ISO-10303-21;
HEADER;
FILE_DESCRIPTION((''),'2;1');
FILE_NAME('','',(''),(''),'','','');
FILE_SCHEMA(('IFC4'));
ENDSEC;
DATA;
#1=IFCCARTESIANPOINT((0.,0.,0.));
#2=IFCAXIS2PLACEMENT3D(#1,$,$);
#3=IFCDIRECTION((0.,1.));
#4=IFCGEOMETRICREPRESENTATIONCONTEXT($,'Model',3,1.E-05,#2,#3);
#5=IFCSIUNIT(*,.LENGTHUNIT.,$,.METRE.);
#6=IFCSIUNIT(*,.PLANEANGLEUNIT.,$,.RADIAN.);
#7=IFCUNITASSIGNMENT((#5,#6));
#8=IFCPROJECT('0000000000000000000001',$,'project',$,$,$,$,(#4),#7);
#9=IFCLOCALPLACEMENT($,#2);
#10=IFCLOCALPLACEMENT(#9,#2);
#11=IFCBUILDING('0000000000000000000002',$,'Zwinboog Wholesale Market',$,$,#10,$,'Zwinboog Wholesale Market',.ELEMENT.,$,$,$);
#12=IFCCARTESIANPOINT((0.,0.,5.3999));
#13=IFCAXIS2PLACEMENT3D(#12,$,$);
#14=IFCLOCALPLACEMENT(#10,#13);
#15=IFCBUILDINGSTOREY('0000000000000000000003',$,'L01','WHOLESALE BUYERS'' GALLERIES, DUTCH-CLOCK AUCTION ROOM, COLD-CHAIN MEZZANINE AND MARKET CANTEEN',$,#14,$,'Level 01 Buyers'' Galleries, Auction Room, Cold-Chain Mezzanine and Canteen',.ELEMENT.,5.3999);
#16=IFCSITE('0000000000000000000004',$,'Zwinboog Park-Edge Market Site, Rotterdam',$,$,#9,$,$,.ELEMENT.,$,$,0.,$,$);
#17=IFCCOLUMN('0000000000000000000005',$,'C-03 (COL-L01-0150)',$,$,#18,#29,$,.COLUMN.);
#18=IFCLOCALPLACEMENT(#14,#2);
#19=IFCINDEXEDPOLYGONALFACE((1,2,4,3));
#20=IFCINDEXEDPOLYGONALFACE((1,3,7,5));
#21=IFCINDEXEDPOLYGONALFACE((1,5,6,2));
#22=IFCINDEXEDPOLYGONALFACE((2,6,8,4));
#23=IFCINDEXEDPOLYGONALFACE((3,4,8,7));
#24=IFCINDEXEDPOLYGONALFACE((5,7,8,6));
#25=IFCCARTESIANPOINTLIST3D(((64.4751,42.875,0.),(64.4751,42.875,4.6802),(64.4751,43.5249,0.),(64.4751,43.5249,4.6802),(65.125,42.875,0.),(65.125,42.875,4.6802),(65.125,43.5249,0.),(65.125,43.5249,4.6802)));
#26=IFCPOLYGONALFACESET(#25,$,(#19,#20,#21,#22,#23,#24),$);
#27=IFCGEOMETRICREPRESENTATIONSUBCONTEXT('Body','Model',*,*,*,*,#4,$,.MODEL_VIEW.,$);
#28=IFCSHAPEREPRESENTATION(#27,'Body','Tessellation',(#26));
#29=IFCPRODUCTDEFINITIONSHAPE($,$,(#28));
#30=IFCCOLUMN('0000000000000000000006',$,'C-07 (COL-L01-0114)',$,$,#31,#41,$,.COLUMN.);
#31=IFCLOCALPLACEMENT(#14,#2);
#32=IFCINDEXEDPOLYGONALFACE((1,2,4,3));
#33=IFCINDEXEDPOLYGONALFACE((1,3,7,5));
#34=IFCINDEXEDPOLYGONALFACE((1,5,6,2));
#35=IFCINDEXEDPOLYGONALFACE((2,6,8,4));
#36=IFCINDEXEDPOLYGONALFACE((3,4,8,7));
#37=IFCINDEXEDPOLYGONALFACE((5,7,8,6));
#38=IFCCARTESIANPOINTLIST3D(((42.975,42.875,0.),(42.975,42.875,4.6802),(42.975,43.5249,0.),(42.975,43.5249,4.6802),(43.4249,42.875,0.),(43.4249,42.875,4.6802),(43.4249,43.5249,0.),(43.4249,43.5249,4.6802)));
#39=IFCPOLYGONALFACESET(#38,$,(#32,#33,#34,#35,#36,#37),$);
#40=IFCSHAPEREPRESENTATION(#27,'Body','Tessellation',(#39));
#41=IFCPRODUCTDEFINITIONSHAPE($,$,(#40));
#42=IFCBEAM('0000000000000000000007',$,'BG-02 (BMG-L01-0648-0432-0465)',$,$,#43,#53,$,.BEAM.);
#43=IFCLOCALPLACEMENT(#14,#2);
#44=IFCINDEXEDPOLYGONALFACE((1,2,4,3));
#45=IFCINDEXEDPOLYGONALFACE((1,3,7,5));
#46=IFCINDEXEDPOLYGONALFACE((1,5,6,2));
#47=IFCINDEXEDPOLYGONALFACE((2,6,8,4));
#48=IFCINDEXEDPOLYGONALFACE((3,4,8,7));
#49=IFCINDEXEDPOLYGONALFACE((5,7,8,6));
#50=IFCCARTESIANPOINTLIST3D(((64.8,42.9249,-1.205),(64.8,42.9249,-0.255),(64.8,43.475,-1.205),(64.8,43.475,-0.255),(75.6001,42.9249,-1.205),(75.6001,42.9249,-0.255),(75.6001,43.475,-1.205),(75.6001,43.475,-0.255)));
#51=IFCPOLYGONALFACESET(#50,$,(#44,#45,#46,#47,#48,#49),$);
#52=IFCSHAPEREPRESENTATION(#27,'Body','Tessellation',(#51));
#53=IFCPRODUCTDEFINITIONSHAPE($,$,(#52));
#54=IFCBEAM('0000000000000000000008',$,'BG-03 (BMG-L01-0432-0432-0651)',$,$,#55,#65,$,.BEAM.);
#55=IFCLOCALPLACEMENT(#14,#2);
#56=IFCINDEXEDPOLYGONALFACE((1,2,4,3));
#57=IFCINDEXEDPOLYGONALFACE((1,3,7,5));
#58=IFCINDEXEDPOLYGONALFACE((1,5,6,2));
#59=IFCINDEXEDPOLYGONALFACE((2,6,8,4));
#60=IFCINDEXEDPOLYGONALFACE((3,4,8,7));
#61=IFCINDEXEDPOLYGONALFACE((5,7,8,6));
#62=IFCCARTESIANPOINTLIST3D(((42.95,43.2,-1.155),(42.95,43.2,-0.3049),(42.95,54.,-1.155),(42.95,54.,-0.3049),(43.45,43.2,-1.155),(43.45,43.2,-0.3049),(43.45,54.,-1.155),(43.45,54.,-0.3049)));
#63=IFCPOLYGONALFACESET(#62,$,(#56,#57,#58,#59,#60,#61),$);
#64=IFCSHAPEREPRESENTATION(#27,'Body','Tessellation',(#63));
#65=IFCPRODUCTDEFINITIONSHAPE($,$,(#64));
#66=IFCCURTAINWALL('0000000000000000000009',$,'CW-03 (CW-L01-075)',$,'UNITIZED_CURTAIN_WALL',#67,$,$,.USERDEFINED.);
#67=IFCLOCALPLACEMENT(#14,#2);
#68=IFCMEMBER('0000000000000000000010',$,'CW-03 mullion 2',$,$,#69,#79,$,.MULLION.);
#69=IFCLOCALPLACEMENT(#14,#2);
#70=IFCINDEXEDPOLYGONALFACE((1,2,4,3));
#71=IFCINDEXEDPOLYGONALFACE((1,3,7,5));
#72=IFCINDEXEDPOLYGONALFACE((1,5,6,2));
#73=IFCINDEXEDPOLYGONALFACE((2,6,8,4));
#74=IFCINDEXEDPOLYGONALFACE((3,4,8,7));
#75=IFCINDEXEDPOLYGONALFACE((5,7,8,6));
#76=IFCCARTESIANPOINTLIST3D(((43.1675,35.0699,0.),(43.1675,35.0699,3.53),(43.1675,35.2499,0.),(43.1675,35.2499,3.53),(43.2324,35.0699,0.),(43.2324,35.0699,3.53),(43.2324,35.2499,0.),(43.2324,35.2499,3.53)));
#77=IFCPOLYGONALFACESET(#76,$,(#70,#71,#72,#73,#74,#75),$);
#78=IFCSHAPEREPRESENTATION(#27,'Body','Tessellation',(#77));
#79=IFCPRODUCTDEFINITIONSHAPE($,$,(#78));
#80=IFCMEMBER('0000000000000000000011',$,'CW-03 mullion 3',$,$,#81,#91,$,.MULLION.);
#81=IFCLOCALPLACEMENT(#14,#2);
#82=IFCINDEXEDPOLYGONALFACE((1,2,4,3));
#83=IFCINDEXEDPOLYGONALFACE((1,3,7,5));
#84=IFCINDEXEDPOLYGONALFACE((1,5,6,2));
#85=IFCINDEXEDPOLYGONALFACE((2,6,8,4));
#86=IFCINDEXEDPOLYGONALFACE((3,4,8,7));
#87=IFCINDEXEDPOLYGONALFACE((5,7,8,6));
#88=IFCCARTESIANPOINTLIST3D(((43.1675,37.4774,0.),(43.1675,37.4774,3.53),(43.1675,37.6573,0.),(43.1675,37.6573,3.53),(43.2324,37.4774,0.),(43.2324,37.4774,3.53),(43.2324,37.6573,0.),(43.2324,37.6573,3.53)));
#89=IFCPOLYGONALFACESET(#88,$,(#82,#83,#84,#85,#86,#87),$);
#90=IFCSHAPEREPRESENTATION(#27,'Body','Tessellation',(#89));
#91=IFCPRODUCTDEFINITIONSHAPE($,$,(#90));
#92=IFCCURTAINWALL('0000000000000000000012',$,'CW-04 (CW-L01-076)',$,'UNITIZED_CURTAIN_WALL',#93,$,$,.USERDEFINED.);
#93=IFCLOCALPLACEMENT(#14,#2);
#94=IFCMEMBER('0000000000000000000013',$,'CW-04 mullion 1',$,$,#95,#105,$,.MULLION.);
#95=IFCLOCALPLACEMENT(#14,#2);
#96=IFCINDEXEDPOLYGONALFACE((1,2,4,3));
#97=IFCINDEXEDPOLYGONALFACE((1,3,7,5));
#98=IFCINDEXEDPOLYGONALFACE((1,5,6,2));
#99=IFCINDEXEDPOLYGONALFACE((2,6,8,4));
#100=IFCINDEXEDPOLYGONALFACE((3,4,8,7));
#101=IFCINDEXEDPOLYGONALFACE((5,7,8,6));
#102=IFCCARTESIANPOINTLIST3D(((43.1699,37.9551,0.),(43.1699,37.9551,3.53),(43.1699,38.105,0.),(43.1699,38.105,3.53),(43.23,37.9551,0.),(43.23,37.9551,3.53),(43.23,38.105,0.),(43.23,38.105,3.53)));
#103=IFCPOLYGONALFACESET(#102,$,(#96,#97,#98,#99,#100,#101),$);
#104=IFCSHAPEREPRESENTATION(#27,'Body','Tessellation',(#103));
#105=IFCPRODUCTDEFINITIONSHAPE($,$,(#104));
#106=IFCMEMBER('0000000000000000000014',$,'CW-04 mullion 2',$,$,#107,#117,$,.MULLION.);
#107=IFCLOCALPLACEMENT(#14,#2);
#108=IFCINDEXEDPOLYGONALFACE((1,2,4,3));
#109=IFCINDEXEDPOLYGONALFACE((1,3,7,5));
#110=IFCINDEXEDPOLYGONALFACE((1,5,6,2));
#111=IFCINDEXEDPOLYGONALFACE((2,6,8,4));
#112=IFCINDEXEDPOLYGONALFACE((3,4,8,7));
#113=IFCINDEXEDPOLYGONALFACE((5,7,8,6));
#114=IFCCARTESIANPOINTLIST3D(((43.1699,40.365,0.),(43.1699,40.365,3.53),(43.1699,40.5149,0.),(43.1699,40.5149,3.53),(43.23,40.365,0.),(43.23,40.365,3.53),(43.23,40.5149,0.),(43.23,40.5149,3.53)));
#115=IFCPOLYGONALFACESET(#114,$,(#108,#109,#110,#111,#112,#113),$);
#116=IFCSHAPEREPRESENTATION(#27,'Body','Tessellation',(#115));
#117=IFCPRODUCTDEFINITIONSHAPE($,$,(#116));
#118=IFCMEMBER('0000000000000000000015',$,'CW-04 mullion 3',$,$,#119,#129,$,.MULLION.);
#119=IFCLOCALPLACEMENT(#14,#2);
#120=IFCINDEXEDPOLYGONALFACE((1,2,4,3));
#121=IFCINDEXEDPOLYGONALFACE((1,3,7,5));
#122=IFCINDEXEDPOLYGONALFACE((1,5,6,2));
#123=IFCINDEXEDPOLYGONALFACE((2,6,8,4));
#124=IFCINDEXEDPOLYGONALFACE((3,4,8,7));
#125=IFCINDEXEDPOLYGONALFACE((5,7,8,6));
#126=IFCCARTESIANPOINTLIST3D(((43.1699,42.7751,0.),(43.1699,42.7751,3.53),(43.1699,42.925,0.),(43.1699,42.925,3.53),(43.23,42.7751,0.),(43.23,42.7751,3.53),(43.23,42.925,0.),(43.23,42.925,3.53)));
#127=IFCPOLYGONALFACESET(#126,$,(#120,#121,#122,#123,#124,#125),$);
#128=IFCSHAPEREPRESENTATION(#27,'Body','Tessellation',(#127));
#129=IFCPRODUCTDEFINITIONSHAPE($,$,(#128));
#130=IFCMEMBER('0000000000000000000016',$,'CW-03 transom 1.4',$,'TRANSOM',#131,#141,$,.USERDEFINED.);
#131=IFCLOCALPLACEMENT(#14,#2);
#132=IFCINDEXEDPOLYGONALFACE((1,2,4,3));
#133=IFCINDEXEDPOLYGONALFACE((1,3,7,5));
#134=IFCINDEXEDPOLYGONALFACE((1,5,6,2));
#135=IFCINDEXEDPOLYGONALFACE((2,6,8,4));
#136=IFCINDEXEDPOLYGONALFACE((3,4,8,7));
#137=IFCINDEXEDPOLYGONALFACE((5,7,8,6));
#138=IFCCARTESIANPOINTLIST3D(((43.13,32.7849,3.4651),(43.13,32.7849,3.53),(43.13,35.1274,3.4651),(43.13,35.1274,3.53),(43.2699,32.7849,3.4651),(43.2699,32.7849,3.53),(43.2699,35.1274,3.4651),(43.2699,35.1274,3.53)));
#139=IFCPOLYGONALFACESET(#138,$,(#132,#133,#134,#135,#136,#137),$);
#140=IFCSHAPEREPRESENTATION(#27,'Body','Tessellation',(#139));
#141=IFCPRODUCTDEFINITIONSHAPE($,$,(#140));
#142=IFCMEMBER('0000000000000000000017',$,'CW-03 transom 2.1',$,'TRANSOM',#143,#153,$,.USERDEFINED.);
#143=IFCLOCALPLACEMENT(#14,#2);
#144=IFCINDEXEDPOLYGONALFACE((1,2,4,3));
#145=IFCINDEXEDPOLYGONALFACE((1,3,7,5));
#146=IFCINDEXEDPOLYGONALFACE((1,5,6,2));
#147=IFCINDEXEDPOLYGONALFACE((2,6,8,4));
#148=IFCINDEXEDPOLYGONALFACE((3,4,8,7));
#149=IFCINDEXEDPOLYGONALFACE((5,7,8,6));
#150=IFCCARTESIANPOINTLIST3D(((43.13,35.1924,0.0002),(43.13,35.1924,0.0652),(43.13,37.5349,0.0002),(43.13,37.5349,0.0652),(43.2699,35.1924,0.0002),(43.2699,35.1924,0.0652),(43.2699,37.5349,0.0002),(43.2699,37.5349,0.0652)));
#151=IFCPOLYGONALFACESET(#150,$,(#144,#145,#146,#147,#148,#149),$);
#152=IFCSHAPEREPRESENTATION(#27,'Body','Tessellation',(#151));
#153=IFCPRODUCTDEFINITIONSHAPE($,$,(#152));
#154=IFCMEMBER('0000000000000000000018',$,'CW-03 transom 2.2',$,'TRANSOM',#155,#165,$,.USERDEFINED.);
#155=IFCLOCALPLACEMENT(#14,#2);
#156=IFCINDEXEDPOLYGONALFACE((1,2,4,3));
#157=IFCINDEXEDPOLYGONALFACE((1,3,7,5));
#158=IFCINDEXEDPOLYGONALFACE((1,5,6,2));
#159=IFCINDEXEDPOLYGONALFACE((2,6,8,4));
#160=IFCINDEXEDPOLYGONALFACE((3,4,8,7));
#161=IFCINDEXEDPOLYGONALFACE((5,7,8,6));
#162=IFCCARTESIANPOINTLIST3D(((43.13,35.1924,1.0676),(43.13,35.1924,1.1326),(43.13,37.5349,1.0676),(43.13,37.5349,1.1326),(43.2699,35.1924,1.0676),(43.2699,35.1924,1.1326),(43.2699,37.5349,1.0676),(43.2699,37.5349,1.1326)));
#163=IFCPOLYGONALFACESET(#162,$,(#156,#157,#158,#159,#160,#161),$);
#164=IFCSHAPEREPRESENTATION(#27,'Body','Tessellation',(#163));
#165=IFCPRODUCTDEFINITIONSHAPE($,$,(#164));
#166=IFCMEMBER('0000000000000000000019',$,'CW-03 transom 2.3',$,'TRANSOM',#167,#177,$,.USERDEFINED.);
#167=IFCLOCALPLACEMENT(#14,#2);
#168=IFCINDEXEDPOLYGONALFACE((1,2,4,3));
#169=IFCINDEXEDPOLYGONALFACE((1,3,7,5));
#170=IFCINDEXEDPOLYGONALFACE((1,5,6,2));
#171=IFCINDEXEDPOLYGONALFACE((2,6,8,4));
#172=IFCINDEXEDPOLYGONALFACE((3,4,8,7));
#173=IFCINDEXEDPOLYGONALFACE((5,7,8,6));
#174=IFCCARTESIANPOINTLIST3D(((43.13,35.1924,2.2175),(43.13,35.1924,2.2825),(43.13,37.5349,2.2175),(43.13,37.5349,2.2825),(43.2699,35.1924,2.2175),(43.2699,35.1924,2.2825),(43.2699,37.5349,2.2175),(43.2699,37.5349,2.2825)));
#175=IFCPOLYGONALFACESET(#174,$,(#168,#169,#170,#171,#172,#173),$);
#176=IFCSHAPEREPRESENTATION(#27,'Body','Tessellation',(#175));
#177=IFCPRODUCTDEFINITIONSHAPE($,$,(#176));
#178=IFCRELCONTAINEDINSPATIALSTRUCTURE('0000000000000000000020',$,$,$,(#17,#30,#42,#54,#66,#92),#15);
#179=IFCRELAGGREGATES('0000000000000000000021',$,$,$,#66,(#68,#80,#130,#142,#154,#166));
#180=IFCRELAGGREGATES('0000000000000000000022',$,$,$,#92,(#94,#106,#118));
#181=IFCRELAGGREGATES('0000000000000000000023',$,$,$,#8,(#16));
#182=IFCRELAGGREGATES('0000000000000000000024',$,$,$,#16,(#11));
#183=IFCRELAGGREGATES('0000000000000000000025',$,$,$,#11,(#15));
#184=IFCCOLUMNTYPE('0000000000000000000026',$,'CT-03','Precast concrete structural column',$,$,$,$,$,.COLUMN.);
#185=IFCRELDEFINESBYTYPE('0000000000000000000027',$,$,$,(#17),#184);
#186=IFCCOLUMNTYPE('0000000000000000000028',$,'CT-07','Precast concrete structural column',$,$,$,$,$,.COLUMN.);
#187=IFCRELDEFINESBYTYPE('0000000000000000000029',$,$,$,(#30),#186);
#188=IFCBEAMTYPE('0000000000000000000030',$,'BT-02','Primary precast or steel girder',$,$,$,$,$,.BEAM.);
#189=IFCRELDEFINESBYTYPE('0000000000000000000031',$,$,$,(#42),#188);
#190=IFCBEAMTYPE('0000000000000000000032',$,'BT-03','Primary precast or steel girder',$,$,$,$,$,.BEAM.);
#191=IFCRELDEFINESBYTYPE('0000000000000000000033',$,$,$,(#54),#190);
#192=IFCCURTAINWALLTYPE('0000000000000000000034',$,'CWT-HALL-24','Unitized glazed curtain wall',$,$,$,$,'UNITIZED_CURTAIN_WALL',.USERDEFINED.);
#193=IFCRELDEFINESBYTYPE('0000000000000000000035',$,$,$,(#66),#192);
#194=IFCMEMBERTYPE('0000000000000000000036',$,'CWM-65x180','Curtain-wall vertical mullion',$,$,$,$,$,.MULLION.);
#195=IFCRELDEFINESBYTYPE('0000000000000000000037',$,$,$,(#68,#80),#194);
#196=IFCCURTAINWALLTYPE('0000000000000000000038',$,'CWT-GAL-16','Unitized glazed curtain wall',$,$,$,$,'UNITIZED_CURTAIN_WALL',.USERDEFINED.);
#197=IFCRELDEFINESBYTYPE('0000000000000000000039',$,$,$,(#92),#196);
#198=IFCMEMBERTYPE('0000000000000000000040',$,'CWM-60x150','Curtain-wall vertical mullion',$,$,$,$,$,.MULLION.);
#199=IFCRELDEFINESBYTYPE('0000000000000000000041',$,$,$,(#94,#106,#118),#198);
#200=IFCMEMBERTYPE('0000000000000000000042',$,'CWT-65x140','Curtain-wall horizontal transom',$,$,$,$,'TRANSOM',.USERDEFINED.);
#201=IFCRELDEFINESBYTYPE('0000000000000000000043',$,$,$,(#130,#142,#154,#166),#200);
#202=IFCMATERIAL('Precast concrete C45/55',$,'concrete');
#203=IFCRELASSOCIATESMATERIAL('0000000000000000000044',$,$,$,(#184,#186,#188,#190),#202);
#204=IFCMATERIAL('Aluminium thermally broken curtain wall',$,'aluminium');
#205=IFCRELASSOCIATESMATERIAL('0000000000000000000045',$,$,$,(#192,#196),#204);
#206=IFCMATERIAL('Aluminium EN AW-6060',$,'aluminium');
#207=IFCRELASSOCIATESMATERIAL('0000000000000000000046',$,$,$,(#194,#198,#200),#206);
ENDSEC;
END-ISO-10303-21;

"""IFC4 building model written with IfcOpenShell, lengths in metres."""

from ifc_helpers import new_model, si_unit, direction, frame, origin, origin_2d, place, context, subcontext, project, spatial, rectangle, extrude, material, material_profile, profile_set, type_object, element, aggregate, save


model = new_model("IFC4")

# Units and contexts
model_context = context("Model", 3, precision=1e-05, world=origin(), true_north=direction((0.0, 1.0)))
body_context = subcontext(model_context, "Body", "Model", "MODEL_VIEW")
ifc_project = project(units=[si_unit("LENGTHUNIT", "METRE"), si_unit("PLANEANGLEUNIT", "RADIAN")], contexts=[model_context])

# Site, building, storey
site_placement = place(None, origin())
site = spatial("IfcSite", under=ifc_project, at=site_placement, Name="Zwinboog Park-Edge Market Site, Rotterdam", CompositionType="ELEMENT", RefElevation=0.0)
building_placement = place(site_placement, origin())
building = spatial("IfcBuilding", under=site, at=building_placement, Name="Zwinboog Wholesale Market", LongName="Zwinboog Wholesale Market", CompositionType="ELEMENT")
storey_placement = place(building_placement, frame((0.0, 0.0, 5.3999)))
storey = spatial("IfcBuildingStorey", under=building, at=storey_placement, Name="L01", Description="WHOLESALE BUYERS' GALLERIES, DUTCH-CLOCK AUCTION ROOM, COLD-CHAIN MEZZANINE AND MARKET CANTEEN", LongName="Level 01 Buyers' Galleries, Auction Room, Cold-Chain Mezzanine and Canteen", CompositionType="ELEMENT", Elevation=5.3999)

# Columns
ifc_material_1 = material(Name="Precast concrete C45/55", Category="concrete")
ifc_material_profile_1 = material_profile(ifc_material_1, rectangle(XDim=0.6499, YDim=0.6499, at=origin_2d()), Name="PC 650x650")
ifc_profile_set_1 = profile_set([ifc_material_profile_1], Name="Precast concrete C45/55")
column_type_1 = type_object("IfcColumnType", Name="CT-03", Description="Precast concrete structural column", PredefinedType="COLUMN", material=ifc_profile_set_1)
column_1_placement = place(storey_placement, frame((64.8, 43.2, 0.0), z_axis=(0.0, 0.0, 1.0), x_axis=(1.0, 0.0, 0.0)))
element("IfcColumn", 1, at=column_1_placement, inside=storey, type_object=column_type_1, Name="C-03 (COL-L01-0150)", PredefinedType="COLUMN", context=body_context, shape_type="SweptSolid", body=[
    extrude(rectangle(XDim=0.6499, YDim=0.6499, at=origin_2d()), origin(), (0.0, 0.0, 1.0), 4.6802),
])
ifc_material_profile_2 = material_profile(ifc_material_1, rectangle(XDim=0.45, YDim=0.6499, at=origin_2d()), Name="PC 450x650")
ifc_profile_set_2 = profile_set([ifc_material_profile_2], Name="Precast concrete C45/55")
column_type_2 = type_object("IfcColumnType", Name="CT-07", Description="Precast concrete structural column", PredefinedType="COLUMN", material=ifc_profile_set_2)
column_2_placement = place(storey_placement, frame((43.2, 43.2, 0.0), z_axis=(0.0, 0.0, 1.0), x_axis=(1.0, 0.0, 0.0)))
element("IfcColumn", 2, at=column_2_placement, inside=storey, type_object=column_type_2, Name="C-07 (COL-L01-0114)", PredefinedType="COLUMN", context=body_context, shape_type="SweptSolid", body=[
    extrude(rectangle(XDim=0.45, YDim=0.6499, at=origin_2d()), origin(), (0.0, 0.0, 1.0), 4.6802),
])

# Beams
ifc_material_profile_3 = material_profile(ifc_material_1, rectangle(XDim=0.55, YDim=0.95, at=origin_2d()), Name="PC 550x950")
ifc_profile_set_3 = profile_set([ifc_material_profile_3], Name="Precast concrete C45/55")
beam_type_1 = type_object("IfcBeamType", Name="BT-02", Description="Primary precast or steel girder", PredefinedType="BEAM", material=ifc_profile_set_3)
beam_1_placement = place(storey_placement, frame((64.8, 43.2, -0.73), z_axis=(1.0, 0.0, 0.0), x_axis=(0.0, 1.0, 0.0)))
element("IfcBeam", 3, at=beam_1_placement, inside=storey, type_object=beam_type_1, Name="BG-02 (BMG-L01-0648-0432-0465)", PredefinedType="BEAM", context=body_context, shape_type="SweptSolid", body=[
    extrude(rectangle(XDim=0.55, YDim=0.95, at=origin_2d()), origin(), (0.0, 0.0, 1.0), 10.8),
])
ifc_material_profile_4 = material_profile(ifc_material_1, rectangle(XDim=0.5, YDim=0.8501, at=origin_2d()), Name="PC 500x850")
ifc_profile_set_4 = profile_set([ifc_material_profile_4], Name="Precast concrete C45/55")
beam_type_2 = type_object("IfcBeamType", Name="BT-03", Description="Primary precast or steel girder", PredefinedType="BEAM", material=ifc_profile_set_4)
beam_2_placement = place(storey_placement, frame((43.2, 43.2, -0.73), z_axis=(0.0, 1.0, 0.0), x_axis=(-1.0, 0.0, 0.0)))
element("IfcBeam", 4, at=beam_2_placement, inside=storey, type_object=beam_type_2, Name="BG-03 (BMG-L01-0432-0432-0651)", PredefinedType="BEAM", context=body_context, shape_type="SweptSolid", body=[
    extrude(rectangle(XDim=0.5, YDim=0.8501, at=origin_2d()), origin(), (0.0, 0.0, 1.0), 10.8),
])

# Curtain walls, members
ifc_material_2 = material(Name="Aluminium thermally broken curtain wall", Category="aluminium")
curtain_wall_type_1 = type_object("IfcCurtainWallType", Name="CWT-HALL-24", Description="Unitized glazed curtain wall", ElementType="UNITIZED_CURTAIN_WALL", PredefinedType="USERDEFINED", material=ifc_material_2)
curtain_wall_1_placement = place(storey_placement, origin())
curtain_wall_1 = element("IfcCurtainWall", 5, at=curtain_wall_1_placement, inside=storey, type_object=curtain_wall_type_1, Name="CW-03 (CW-L01-075)", ObjectType="UNITIZED_CURTAIN_WALL", PredefinedType="USERDEFINED")
ifc_material_3 = material(Name="Aluminium EN AW-6060", Category="aluminium")
ifc_material_profile_5 = material_profile(ifc_material_3, rectangle(XDim=0.0649, YDim=0.1799, at=origin_2d()), Name="AL 65x180")
ifc_profile_set_5 = profile_set([ifc_material_profile_5], Name="Aluminium EN AW-6060")
member_type_1 = type_object("IfcMemberType", Name="CWM-65x180", Description="Curtain-wall vertical mullion", PredefinedType="MULLION", material=ifc_profile_set_5)
member_1_placement = place(storey_placement, frame((43.2, 35.1599, 0.0), z_axis=(0.0, 0.0, 1.0), x_axis=(-1.0, 0.0, 0.0)))
member_1 = element("IfcMember", 6, at=member_1_placement, type_object=member_type_1, Name="CW-03 mullion 2", PredefinedType="MULLION", context=body_context, shape_type="SweptSolid", body=[
    extrude(rectangle(XDim=0.0649, YDim=0.1799, at=origin_2d()), origin(), (0.0, 0.0, 1.0), 3.53),
])
member_2_placement = place(storey_placement, frame((43.2, 37.5674, 0.0), z_axis=(0.0, 0.0, 1.0), x_axis=(-1.0, 0.0, 0.0)))
member_2 = element("IfcMember", 7, at=member_2_placement, type_object=member_type_1, Name="CW-03 mullion 3", PredefinedType="MULLION", context=body_context, shape_type="SweptSolid", body=[
    extrude(rectangle(XDim=0.0649, YDim=0.1799, at=origin_2d()), origin(), (0.0, 0.0, 1.0), 3.53),
])
curtain_wall_type_2 = type_object("IfcCurtainWallType", Name="CWT-GAL-16", Description="Unitized glazed curtain wall", ElementType="UNITIZED_CURTAIN_WALL", PredefinedType="USERDEFINED", material=ifc_material_2)
curtain_wall_2_placement = place(storey_placement, origin())
curtain_wall_2 = element("IfcCurtainWall", 8, at=curtain_wall_2_placement, inside=storey, type_object=curtain_wall_type_2, Name="CW-04 (CW-L01-076)", ObjectType="UNITIZED_CURTAIN_WALL", PredefinedType="USERDEFINED")
ifc_material_profile_6 = material_profile(ifc_material_3, rectangle(XDim=0.0601, YDim=0.1499, at=origin_2d()), Name="AL 60x150")
ifc_profile_set_6 = profile_set([ifc_material_profile_6], Name="Aluminium EN AW-6060")
member_type_2 = type_object("IfcMemberType", Name="CWM-60x150", Description="Curtain-wall vertical mullion", PredefinedType="MULLION", material=ifc_profile_set_6)
member_3_placement = place(storey_placement, frame((43.2, 38.03, 0.0), z_axis=(0.0, 0.0, 1.0), x_axis=(-1.0, 0.0, 0.0)))
member_3 = element("IfcMember", 9, at=member_3_placement, type_object=member_type_2, Name="CW-04 mullion 1", PredefinedType="MULLION", context=body_context, shape_type="SweptSolid", body=[
    extrude(rectangle(XDim=0.0601, YDim=0.1499, at=origin_2d()), origin(), (0.0, 0.0, 1.0), 3.53),
])
member_4_placement = place(storey_placement, frame((43.2, 40.4399, 0.0), z_axis=(0.0, 0.0, 1.0), x_axis=(-1.0, 0.0, 0.0)))
member_4 = element("IfcMember", 10, at=member_4_placement, type_object=member_type_2, Name="CW-04 mullion 2", PredefinedType="MULLION", context=body_context, shape_type="SweptSolid", body=[
    extrude(rectangle(XDim=0.0601, YDim=0.1499, at=origin_2d()), origin(), (0.0, 0.0, 1.0), 3.53),
])
member_5_placement = place(storey_placement, frame((43.2, 42.8501, 0.0), z_axis=(0.0, 0.0, 1.0), x_axis=(-1.0, 0.0, 0.0)))
member_5 = element("IfcMember", 11, at=member_5_placement, type_object=member_type_2, Name="CW-04 mullion 3", PredefinedType="MULLION", context=body_context, shape_type="SweptSolid", body=[
    extrude(rectangle(XDim=0.0601, YDim=0.1499, at=origin_2d()), origin(), (0.0, 0.0, 1.0), 3.53),
])

# Members
ifc_material_profile_7 = material_profile(ifc_material_3, rectangle(XDim=0.1399, YDim=0.0649, at=origin_2d()), Name="AL 65x140")
ifc_profile_set_7 = profile_set([ifc_material_profile_7], Name="Aluminium EN AW-6060")
member_type_3 = type_object("IfcMemberType", Name="CWT-65x140", Description="Curtain-wall horizontal transom", ElementType="TRANSOM", PredefinedType="USERDEFINED", material=ifc_profile_set_7)
member_6_placement = place(storey_placement, frame((43.2, 32.7849, 3.4976), z_axis=(0.0, 1.0, 0.0), x_axis=(-1.0, 0.0, 0.0)))
member_6 = element("IfcMember", 12, at=member_6_placement, type_object=member_type_3, Name="CW-03 transom 1.4", ObjectType="TRANSOM", PredefinedType="USERDEFINED", context=body_context, shape_type="SweptSolid", body=[
    extrude(rectangle(XDim=0.1399, YDim=0.0649, at=origin_2d()), origin(), (0.0, 0.0, 1.0), 2.3425),
])
member_7_placement = place(storey_placement, frame((43.2, 35.1924, 0.0327), z_axis=(0.0, 1.0, 0.0), x_axis=(-1.0, 0.0, 0.0)))
member_7 = element("IfcMember", 13, at=member_7_placement, type_object=member_type_3, Name="CW-03 transom 2.1", ObjectType="TRANSOM", PredefinedType="USERDEFINED", context=body_context, shape_type="SweptSolid", body=[
    extrude(rectangle(XDim=0.1399, YDim=0.0649, at=origin_2d()), origin(), (0.0, 0.0, 1.0), 2.3425),
])
member_8_placement = place(storey_placement, frame((43.2, 35.1924, 1.1001), z_axis=(0.0, 1.0, 0.0), x_axis=(-1.0, 0.0, 0.0)))
member_8 = element("IfcMember", 14, at=member_8_placement, type_object=member_type_3, Name="CW-03 transom 2.2", ObjectType="TRANSOM", PredefinedType="USERDEFINED", context=body_context, shape_type="SweptSolid", body=[
    extrude(rectangle(XDim=0.1399, YDim=0.0649, at=origin_2d()), origin(), (0.0, 0.0, 1.0), 2.3425),
])
member_9_placement = place(storey_placement, frame((43.2, 35.1924, 2.25), z_axis=(0.0, 1.0, 0.0), x_axis=(-1.0, 0.0, 0.0)))
member_9 = element("IfcMember", 15, at=member_9_placement, type_object=member_type_3, Name="CW-03 transom 2.3", ObjectType="TRANSOM", PredefinedType="USERDEFINED", context=body_context, shape_type="SweptSolid", body=[
    extrude(rectangle(XDim=0.1399, YDim=0.0649, at=origin_2d()), origin(), (0.0, 0.0, 1.0), 2.3425),
])

aggregate(curtain_wall_1, [member_1, member_2, member_6, member_7, member_8, member_9])
aggregate(curtain_wall_2, [member_3, member_4, member_5])

save(model, "model.ifc")
